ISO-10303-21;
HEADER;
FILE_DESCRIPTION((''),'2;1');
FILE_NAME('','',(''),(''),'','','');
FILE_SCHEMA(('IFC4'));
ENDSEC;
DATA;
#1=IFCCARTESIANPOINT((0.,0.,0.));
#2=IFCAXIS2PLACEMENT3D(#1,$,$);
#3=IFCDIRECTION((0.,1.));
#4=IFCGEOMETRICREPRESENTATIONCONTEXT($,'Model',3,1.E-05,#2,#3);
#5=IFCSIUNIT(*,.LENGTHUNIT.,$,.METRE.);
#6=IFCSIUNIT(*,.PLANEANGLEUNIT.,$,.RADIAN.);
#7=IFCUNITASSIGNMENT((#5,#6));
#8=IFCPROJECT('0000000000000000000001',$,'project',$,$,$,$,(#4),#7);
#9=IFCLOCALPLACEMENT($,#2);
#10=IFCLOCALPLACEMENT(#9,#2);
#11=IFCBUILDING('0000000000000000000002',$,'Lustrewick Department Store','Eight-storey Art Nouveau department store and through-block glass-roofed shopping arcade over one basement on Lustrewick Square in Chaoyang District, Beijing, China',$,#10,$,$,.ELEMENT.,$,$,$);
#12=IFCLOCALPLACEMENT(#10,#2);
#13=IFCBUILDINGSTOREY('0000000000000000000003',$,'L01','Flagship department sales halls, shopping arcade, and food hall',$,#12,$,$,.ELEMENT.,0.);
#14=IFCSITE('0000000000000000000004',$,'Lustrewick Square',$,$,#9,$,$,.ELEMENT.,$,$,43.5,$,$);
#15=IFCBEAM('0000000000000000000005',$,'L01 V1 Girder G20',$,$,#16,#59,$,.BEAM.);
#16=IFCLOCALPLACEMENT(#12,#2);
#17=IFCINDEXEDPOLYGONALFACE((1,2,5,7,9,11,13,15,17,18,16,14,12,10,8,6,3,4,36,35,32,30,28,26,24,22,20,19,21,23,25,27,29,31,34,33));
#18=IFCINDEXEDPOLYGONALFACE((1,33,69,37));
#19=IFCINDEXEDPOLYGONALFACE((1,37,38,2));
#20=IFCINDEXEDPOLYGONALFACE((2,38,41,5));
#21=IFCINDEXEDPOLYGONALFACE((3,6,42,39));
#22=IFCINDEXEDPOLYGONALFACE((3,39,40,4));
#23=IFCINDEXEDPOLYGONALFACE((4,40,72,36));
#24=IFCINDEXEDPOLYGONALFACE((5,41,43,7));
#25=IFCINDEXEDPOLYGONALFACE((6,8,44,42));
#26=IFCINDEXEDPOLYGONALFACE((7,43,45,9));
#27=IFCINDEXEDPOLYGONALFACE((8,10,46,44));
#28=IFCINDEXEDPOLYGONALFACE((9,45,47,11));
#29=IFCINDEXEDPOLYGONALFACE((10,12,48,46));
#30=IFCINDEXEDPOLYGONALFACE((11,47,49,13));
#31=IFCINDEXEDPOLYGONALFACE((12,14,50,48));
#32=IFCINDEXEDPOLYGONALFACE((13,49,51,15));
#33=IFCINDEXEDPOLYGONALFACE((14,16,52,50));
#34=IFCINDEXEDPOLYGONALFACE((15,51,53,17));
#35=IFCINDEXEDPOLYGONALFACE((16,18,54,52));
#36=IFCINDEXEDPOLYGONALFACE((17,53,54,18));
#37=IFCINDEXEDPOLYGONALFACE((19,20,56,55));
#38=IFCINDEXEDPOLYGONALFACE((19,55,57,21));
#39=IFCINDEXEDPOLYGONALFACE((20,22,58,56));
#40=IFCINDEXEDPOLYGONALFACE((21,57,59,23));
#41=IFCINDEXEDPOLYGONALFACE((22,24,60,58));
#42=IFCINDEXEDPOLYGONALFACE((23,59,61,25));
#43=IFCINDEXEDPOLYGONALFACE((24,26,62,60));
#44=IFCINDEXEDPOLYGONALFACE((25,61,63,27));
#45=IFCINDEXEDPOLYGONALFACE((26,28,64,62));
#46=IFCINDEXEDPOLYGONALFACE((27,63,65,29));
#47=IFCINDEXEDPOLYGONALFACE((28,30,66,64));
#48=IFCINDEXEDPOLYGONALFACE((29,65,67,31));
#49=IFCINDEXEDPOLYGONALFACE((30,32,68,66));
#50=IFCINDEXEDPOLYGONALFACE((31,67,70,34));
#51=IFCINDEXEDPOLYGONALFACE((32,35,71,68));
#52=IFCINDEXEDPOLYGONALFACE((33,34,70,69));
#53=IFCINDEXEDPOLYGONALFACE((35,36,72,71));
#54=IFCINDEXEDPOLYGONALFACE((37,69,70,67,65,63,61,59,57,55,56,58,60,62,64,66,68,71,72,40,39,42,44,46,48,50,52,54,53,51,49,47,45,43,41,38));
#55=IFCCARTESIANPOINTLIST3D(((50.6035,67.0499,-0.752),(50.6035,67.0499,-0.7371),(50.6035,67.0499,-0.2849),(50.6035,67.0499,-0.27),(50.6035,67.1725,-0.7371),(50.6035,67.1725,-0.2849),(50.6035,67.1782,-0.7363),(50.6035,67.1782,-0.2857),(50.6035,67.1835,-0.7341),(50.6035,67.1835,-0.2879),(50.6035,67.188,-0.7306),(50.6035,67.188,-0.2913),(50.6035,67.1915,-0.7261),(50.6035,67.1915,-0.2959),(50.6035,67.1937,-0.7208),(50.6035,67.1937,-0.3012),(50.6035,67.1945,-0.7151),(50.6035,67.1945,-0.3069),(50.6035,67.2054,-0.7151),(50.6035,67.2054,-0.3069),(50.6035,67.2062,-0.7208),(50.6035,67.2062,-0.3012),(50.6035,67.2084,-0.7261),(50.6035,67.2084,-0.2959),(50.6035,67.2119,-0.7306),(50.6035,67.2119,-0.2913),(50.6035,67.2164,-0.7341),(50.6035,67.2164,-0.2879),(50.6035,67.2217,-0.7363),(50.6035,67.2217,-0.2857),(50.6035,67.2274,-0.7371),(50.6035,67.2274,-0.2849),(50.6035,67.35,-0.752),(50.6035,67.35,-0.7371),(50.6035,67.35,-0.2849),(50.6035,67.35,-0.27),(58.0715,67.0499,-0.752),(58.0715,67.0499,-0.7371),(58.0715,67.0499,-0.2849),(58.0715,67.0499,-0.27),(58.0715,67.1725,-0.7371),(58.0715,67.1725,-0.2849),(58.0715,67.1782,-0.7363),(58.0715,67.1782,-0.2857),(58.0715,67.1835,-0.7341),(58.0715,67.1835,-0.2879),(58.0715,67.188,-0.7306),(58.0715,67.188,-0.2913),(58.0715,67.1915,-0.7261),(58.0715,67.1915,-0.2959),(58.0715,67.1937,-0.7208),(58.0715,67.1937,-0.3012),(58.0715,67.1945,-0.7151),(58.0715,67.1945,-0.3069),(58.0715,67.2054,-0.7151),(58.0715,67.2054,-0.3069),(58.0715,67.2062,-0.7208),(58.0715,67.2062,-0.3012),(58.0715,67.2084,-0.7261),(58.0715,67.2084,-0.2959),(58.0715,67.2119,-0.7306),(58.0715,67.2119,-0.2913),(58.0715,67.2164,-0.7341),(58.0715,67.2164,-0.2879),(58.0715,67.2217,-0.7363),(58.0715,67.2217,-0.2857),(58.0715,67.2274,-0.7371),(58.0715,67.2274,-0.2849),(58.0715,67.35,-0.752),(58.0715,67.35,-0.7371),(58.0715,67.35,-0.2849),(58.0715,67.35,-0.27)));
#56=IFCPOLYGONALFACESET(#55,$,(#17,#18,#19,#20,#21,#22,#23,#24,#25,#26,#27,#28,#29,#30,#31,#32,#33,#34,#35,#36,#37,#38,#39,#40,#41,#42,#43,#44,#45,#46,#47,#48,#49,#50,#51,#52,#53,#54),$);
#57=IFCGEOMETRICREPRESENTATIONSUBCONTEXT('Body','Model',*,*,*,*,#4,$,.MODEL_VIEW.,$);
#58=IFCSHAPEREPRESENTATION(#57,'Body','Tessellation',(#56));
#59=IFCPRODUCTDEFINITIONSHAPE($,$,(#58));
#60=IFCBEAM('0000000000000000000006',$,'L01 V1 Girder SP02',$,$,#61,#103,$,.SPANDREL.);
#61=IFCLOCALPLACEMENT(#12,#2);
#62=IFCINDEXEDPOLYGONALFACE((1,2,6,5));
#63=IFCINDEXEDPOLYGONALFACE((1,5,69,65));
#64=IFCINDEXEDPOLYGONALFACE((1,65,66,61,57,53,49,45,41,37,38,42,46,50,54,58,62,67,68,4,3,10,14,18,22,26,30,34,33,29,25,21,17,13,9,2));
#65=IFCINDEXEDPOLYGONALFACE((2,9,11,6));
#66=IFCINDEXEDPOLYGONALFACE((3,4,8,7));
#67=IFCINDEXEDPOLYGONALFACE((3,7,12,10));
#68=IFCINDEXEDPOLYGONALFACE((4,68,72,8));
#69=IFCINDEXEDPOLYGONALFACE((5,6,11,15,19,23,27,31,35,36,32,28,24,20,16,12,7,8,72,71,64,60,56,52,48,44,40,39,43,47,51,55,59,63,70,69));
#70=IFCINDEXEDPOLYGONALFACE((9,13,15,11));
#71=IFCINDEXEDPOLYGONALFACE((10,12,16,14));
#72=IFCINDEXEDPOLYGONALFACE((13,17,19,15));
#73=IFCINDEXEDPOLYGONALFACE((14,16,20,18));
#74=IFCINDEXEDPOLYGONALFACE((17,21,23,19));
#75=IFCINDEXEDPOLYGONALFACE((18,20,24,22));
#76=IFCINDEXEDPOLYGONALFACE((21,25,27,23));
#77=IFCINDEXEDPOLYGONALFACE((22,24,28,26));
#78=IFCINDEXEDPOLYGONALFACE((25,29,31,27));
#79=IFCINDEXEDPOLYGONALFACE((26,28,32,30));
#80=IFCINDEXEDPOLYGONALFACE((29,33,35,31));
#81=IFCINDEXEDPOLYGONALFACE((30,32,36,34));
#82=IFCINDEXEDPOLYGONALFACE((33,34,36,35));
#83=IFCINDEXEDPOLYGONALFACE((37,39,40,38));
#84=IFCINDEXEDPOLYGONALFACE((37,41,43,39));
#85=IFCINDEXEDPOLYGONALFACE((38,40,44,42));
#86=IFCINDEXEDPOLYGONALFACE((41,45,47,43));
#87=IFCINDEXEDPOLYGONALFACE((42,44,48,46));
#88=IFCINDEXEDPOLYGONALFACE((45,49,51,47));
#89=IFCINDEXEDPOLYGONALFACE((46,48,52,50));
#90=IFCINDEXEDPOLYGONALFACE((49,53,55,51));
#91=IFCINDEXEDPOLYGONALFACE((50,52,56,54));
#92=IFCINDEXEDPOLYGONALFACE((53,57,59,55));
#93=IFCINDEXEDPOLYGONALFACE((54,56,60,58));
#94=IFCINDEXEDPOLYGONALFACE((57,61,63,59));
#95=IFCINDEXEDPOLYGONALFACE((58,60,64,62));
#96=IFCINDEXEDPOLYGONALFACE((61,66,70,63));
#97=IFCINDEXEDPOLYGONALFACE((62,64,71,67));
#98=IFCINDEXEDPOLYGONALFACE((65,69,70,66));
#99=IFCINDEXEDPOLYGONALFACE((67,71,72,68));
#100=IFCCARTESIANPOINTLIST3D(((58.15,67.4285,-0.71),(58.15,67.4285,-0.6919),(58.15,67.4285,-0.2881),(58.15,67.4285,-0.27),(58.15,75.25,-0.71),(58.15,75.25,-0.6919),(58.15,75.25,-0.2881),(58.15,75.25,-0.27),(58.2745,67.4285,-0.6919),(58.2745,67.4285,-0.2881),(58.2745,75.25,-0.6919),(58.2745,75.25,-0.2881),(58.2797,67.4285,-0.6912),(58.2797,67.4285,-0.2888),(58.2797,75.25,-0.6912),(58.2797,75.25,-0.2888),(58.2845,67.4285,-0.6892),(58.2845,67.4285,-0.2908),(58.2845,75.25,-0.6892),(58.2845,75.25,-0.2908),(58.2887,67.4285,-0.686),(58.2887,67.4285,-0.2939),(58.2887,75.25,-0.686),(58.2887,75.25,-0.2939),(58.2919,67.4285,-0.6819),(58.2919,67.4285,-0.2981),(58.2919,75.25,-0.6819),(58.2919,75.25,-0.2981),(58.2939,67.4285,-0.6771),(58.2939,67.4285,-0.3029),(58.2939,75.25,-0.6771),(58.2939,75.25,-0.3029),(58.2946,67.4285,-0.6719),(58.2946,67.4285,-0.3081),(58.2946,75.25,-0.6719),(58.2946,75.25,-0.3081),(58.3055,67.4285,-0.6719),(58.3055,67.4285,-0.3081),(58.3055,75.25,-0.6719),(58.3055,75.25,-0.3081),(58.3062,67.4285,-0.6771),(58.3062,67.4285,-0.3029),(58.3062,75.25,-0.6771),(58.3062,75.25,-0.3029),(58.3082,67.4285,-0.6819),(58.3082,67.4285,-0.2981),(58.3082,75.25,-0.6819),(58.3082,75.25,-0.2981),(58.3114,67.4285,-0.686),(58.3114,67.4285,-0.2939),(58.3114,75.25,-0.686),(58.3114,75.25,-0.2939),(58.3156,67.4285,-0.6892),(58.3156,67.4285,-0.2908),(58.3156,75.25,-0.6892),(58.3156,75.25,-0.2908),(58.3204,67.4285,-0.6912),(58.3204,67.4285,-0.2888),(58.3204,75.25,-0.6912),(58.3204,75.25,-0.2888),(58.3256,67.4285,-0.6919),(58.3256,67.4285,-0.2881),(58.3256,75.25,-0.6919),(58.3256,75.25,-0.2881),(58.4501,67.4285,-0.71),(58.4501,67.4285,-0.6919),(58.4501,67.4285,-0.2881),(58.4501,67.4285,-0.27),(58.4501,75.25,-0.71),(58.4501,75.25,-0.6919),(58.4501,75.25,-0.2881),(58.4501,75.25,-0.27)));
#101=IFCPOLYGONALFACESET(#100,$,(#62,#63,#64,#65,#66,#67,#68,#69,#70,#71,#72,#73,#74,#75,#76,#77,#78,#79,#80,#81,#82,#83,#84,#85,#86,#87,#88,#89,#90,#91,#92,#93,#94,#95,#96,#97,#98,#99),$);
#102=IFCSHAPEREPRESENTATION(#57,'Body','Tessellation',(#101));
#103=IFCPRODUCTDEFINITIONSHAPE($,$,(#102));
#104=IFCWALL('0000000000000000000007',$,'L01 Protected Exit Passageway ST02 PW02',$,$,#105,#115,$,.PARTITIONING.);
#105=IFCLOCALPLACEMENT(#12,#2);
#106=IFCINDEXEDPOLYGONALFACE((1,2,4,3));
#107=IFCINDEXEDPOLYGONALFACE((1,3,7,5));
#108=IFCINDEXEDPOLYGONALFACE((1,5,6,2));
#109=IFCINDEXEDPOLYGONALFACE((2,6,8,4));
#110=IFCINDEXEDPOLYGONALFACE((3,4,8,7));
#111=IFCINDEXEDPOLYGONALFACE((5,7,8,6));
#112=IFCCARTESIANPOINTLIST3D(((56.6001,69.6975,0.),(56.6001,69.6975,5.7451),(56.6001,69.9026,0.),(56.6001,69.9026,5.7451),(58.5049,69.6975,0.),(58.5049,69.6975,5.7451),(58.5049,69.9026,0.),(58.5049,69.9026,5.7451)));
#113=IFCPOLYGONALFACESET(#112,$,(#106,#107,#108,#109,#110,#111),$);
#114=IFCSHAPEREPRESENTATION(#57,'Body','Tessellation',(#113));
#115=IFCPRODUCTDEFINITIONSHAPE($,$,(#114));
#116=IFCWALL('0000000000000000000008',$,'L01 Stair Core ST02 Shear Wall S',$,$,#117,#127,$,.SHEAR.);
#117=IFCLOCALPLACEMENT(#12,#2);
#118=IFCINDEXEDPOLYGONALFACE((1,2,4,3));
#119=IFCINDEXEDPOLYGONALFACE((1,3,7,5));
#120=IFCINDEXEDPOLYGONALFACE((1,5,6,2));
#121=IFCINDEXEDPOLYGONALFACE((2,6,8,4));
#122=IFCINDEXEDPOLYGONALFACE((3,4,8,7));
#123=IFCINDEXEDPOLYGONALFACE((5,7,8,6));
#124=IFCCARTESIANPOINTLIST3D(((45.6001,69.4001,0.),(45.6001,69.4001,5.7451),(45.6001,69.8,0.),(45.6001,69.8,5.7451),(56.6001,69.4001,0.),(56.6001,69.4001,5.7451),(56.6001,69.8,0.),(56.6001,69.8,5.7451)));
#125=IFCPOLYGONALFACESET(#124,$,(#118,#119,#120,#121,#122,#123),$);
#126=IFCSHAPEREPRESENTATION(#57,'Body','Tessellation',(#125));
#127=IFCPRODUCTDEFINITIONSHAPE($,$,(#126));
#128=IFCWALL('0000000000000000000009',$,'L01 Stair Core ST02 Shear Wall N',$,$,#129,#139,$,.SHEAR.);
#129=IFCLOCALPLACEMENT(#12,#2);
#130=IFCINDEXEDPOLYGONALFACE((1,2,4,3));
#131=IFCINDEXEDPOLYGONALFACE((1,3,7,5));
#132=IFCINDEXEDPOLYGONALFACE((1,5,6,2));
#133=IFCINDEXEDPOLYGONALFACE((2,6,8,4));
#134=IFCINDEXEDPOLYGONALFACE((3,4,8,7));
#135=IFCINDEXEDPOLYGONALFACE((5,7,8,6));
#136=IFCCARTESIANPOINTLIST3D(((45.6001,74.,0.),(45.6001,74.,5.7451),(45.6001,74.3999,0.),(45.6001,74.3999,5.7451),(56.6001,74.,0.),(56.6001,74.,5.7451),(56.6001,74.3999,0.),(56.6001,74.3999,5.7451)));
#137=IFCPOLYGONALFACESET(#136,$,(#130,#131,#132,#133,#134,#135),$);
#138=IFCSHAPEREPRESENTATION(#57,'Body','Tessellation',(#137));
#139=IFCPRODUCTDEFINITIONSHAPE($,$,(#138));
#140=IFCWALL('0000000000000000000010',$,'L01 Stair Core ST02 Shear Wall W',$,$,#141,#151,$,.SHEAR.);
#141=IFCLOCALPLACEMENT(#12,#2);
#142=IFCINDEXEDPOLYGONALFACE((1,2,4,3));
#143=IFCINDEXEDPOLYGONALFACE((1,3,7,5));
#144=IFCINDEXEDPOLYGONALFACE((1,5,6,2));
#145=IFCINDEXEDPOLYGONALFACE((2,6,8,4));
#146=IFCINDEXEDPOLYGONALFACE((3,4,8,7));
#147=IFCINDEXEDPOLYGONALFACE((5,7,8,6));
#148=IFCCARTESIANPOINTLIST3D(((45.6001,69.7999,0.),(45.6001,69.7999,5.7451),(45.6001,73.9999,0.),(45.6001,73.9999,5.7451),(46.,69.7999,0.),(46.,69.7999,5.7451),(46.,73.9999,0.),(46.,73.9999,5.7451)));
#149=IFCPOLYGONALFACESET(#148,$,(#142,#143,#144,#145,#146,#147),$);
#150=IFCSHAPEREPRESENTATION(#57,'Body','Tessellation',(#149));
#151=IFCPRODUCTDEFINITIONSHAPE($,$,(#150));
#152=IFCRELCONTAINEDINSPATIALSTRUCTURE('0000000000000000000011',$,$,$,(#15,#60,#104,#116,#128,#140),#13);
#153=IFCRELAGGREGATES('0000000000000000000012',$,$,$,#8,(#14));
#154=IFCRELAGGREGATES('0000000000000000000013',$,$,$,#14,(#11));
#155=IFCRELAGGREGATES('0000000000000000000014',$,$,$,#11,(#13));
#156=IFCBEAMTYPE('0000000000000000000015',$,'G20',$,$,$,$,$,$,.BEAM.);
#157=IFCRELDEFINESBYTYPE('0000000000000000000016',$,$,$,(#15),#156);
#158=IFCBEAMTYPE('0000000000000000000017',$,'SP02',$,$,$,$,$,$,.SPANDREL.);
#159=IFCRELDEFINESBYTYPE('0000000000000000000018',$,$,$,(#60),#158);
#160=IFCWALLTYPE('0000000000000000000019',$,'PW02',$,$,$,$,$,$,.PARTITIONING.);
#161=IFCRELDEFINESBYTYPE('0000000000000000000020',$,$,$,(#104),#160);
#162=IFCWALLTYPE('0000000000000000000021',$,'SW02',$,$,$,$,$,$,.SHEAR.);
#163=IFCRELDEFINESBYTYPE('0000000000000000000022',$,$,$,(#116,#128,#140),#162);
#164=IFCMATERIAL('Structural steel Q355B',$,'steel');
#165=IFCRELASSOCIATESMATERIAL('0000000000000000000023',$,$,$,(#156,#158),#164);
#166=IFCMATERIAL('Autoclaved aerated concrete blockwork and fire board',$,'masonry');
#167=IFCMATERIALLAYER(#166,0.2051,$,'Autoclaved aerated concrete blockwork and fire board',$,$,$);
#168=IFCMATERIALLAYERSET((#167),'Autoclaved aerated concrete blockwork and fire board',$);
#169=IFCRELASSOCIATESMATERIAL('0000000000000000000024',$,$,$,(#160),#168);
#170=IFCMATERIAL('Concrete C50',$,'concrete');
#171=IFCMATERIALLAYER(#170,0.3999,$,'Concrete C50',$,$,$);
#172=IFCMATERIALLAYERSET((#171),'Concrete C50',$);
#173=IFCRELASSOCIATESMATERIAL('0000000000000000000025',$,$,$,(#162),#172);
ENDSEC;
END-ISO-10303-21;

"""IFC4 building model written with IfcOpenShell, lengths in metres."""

from ifc_helpers import new_model, si_unit, direction, frame, frame_2d, origin, origin_2d, place, context, subcontext, project, spatial, rectangle, i_section, extrude, material, layer, layer_set, material_profile, profile_set, type_object, element, save


model = new_model("IFC4")

# Units and contexts
model_context = context("Model", 3, precision=1e-05, world=origin(), true_north=direction((0.0, 1.0)))
body_context = subcontext(model_context, "Body", "Model", "MODEL_VIEW")
ifc_project = project(units=[si_unit("LENGTHUNIT", "METRE"), si_unit("PLANEANGLEUNIT", "RADIAN")], contexts=[model_context])

# Site, building, storey
site_placement = place(None, origin())
site = spatial("IfcSite", under=ifc_project, at=site_placement, Name="Lustrewick Square", CompositionType="ELEMENT", RefElevation=43.5)
building_placement = place(site_placement, origin())
building = spatial("IfcBuilding", under=site, at=building_placement, Name="Lustrewick Department Store", Description="Eight-storey Art Nouveau department store and through-block glass-roofed shopping arcade over one basement on Lustrewick Square in Chaoyang District, Beijing, China", CompositionType="ELEMENT")
storey_placement = place(building_placement, origin())
storey = spatial("IfcBuildingStorey", under=building, at=storey_placement, Name="L01", Description="Flagship department sales halls, shopping arcade, and food hall", CompositionType="ELEMENT", Elevation=0.0)

# Shared definitions
ifc_material_1 = material(Name="Structural steel Q355B", Category="steel")

# Beams
ifc_material_profile_1 = material_profile(ifc_material_1, i_section(OverallWidth=0.3, OverallDepth=0.4819, WebThickness=0.011, FlangeThickness=0.0149, FilletRadius=0.022, at=origin_2d()), Name="HM 482x300x11x15")
ifc_profile_set_1 = profile_set([ifc_material_profile_1], Name="Structural steel Q355B")
beam_type_1 = type_object("IfcBeamType", Name="G20", PredefinedType="BEAM", material=ifc_profile_set_1)
beam_1_placement = place(storey_placement, frame((50.6035, 67.2, -0.511), z_axis=(1.0, 0.0, 0.0), x_axis=(0.0, 1.0, 0.0)))
element("IfcBeam", 1, at=beam_1_placement, inside=storey, type_object=beam_type_1, Name="L01 V1 Girder G20", PredefinedType="BEAM", context=body_context, shape_type="SweptSolid", body=[
    extrude(i_section(OverallWidth=0.3, OverallDepth=0.4819, WebThickness=0.011, FlangeThickness=0.0149, FilletRadius=0.022, at=origin_2d()), origin(), (0.0, 0.0, 1.0), 7.468),
])
ifc_material_profile_2 = material_profile(ifc_material_1, i_section(OverallWidth=0.3, OverallDepth=0.4399, WebThickness=0.011, FlangeThickness=0.0181, FilletRadius=0.02, at=origin_2d()), Name="HM 440x300x11x18")
ifc_profile_set_2 = profile_set([ifc_material_profile_2], Name="Structural steel Q355B")
beam_type_2 = type_object("IfcBeamType", Name="SP02", PredefinedType="SPANDREL", material=ifc_profile_set_2)
beam_2_placement = place(storey_placement, frame((58.3, 67.4285, -0.49), z_axis=(0.0, 1.0, 0.0), x_axis=(-1.0, 0.0, 0.0)))
element("IfcBeam", 2, at=beam_2_placement, inside=storey, type_object=beam_type_2, Name="L01 V1 Girder SP02", PredefinedType="SPANDREL", context=body_context, shape_type="SweptSolid", body=[
    extrude(i_section(OverallWidth=0.3, OverallDepth=0.4399, WebThickness=0.011, FlangeThickness=0.0181, FilletRadius=0.02, at=origin_2d()), origin(), (0.0, 0.0, 1.0), 7.8215),
])

# Walls
ifc_material_2 = material(Name="Autoclaved aerated concrete blockwork and fire board", Category="masonry")
ifc_layer_1 = layer(ifc_material_2, 0.2051, Name="Autoclaved aerated concrete blockwork and fire board")
ifc_layer_set_1 = layer_set([ifc_layer_1], Name="Autoclaved aerated concrete blockwork and fire board")
wall_type_1 = type_object("IfcWallType", Name="PW02", PredefinedType="PARTITIONING", material=ifc_layer_set_1)
wall_1_placement = place(storey_placement, frame((56.6001, 69.8, 0.0), z_axis=(0.0, 0.0, 1.0), x_axis=(1.0, 0.0, 0.0)))
element("IfcWall", 3, at=wall_1_placement, inside=storey, type_object=wall_type_1, Name="L01 Protected Exit Passageway ST02 PW02", PredefinedType="PARTITIONING", context=body_context, shape_type="SweptSolid", body=[
    extrude(rectangle(XDim=1.9048, YDim=0.2051, at=frame_2d((0.9524, 0.0))), origin(), (0.0, 0.0, 1.0), 5.7451),
])
ifc_material_3 = material(Name="Concrete C50", Category="concrete")
ifc_layer_2 = layer(ifc_material_3, 0.3999, Name="Concrete C50")
ifc_layer_set_2 = layer_set([ifc_layer_2], Name="Concrete C50")
wall_type_2 = type_object("IfcWallType", Name="SW02", PredefinedType="SHEAR", material=ifc_layer_set_2)
wall_2_placement = place(storey_placement, frame((45.6001, 69.6001, 0.0), z_axis=(0.0, 0.0, 1.0), x_axis=(1.0, 0.0, 0.0)))
element("IfcWall", 4, at=wall_2_placement, inside=storey, type_object=wall_type_2, Name="L01 Stair Core ST02 Shear Wall S", PredefinedType="SHEAR", context=body_context, shape_type="SweptSolid", body=[
    extrude(rectangle(XDim=11.0, YDim=0.3999, at=frame_2d((5.5, 0.0))), origin(), (0.0, 0.0, 1.0), 5.7451),
])

# Walls
wall_3_placement = place(storey_placement, frame((56.6001, 74.2, 0.0), z_axis=(0.0, 0.0, 1.0), x_axis=(-1.0, 0.0, 0.0)))
element("IfcWall", 5, at=wall_3_placement, inside=storey, type_object=wall_type_2, Name="L01 Stair Core ST02 Shear Wall N", PredefinedType="SHEAR", context=body_context, shape_type="SweptSolid", body=[
    extrude(rectangle(XDim=11.0, YDim=0.3999, at=frame_2d((5.5, 0.0))), origin(), (0.0, 0.0, 1.0), 5.7451),
])
wall_4_placement = place(storey_placement, frame((45.8, 74.0, 0.0), z_axis=(0.0, 0.0, 1.0), x_axis=(0.0, -1.0, 0.0)))
element("IfcWall", 6, at=wall_4_placement, inside=storey, type_object=wall_type_2, Name="L01 Stair Core ST02 Shear Wall W", PredefinedType="SHEAR", context=body_context, shape_type="SweptSolid", body=[
    extrude(rectangle(XDim=4.2, YDim=0.3999, at=frame_2d((2.1001, 0.0))), origin(), (0.0, 0.0, 1.0), 5.7451),
])

save(model, "model.ifc")
